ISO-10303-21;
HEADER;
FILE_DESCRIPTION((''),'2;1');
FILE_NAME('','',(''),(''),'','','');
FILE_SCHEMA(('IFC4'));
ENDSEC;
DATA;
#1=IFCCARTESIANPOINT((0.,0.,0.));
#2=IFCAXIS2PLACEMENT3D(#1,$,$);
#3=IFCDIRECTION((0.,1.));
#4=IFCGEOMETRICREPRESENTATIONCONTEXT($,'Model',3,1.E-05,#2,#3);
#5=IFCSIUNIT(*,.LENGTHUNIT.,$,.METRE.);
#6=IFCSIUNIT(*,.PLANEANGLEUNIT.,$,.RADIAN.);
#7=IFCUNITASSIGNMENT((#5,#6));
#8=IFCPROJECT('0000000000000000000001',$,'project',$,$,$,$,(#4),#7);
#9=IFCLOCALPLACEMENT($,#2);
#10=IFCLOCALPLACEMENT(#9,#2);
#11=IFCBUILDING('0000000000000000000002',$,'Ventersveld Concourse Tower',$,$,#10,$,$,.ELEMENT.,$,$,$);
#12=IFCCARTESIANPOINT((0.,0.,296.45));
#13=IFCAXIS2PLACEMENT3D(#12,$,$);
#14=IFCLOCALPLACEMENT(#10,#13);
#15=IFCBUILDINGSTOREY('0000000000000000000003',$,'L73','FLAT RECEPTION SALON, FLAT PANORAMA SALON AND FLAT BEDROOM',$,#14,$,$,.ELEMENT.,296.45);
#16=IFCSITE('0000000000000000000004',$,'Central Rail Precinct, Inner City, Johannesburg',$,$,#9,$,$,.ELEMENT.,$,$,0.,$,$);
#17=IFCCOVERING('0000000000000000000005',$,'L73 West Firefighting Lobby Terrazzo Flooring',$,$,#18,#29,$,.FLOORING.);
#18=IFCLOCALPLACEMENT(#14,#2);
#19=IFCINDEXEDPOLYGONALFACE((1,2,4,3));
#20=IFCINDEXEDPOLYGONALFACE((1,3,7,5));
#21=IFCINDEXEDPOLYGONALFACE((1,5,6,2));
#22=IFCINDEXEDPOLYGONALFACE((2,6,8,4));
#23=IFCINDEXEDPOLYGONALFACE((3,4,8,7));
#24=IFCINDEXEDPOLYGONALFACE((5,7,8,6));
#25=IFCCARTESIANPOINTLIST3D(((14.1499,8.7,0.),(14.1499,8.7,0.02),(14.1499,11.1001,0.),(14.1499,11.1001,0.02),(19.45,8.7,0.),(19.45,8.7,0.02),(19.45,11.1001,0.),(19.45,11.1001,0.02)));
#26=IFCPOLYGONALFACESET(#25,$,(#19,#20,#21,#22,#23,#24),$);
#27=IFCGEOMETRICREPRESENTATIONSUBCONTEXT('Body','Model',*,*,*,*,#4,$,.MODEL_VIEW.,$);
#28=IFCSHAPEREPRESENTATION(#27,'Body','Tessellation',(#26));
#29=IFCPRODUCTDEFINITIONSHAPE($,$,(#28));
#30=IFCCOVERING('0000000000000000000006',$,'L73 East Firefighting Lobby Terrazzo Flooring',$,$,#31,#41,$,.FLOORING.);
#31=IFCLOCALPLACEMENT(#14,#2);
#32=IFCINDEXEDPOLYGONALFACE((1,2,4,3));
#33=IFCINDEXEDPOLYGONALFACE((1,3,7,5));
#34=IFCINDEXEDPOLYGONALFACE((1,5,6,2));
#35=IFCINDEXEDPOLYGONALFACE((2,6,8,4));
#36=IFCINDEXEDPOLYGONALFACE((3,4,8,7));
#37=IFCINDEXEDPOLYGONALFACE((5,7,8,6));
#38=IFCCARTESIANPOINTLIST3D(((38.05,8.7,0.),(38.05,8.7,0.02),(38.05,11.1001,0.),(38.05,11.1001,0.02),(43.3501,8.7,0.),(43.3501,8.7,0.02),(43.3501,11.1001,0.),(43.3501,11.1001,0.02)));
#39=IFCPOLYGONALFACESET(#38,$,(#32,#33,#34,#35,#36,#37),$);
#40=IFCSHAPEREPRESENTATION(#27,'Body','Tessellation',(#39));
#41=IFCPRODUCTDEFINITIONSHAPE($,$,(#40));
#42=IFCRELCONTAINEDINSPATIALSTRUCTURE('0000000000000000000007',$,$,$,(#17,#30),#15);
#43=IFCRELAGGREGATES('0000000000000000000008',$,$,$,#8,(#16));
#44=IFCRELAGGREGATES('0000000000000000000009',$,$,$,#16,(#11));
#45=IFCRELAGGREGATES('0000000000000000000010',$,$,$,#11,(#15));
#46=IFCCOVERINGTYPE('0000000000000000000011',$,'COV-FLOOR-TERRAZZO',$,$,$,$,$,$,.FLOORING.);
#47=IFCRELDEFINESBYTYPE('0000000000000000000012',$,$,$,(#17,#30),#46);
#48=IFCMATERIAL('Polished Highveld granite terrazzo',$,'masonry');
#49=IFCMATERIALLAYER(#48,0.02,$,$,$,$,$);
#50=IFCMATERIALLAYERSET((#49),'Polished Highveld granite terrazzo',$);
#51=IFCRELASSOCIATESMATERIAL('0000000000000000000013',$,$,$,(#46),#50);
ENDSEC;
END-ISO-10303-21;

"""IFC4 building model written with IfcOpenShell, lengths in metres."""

from ifc_helpers import new_model, si_unit, direction, frame, origin, place, context, subcontext, project, spatial, polyline, outline, extrude, material, layer, layer_set, type_object, element, save


model = new_model("IFC4")

# Units and contexts
model_context = context("Model", 3, precision=1e-05, world=origin(), true_north=direction((0.0, 1.0)))
body_context = subcontext(model_context, "Body", "Model", "MODEL_VIEW")
ifc_project = project(units=[si_unit("LENGTHUNIT", "METRE"), si_unit("PLANEANGLEUNIT", "RADIAN")], contexts=[model_context])

# Site, building, storey
site_placement = place(None, origin())
site = spatial("IfcSite", under=ifc_project, at=site_placement, Name="Central Rail Precinct, Inner City, Johannesburg", CompositionType="ELEMENT", RefElevation=0.0)
building_placement = place(site_placement, origin())
building = spatial("IfcBuilding", under=site, at=building_placement, Name="Ventersveld Concourse Tower", CompositionType="ELEMENT")
storey_placement = place(building_placement, frame((0.0, 0.0, 296.45)))
storey = spatial("IfcBuildingStorey", under=building, at=storey_placement, Name="L73", Description="FLAT RECEPTION SALON, FLAT PANORAMA SALON AND FLAT BEDROOM", CompositionType="ELEMENT", Elevation=296.45)

# Coverings
ifc_material_1 = material(Name="Polished Highveld granite terrazzo", Category="masonry")
ifc_layer_1 = layer(ifc_material_1, 0.02)
ifc_layer_set_1 = layer_set([ifc_layer_1], Name="Polished Highveld granite terrazzo")
covering_type_1 = type_object("IfcCoveringType", Name="COV-FLOOR-TERRAZZO", PredefinedType="FLOORING", material=ifc_layer_set_1)
covering_1_placement = place(storey_placement, origin())
element("IfcCovering", 1, at=covering_1_placement, inside=storey, type_object=covering_type_1, Name="L73 West Firefighting Lobby Terrazzo Flooring", PredefinedType="FLOORING", context=body_context, shape_type="SweptSolid", body=[
    extrude(outline(polyline([(14.1499, 8.7), (19.45, 8.7), (19.45, 11.1001), (14.1499, 11.1001), (14.1499, 8.7)])), origin(), (0.0, 0.0, 1.0), 0.02),
])
covering_2_placement = place(storey_placement, origin())
element("IfcCovering", 2, at=covering_2_placement, inside=storey, type_object=covering_type_1, Name="L73 East Firefighting Lobby Terrazzo Flooring", PredefinedType="FLOORING", context=body_context, shape_type="SweptSolid", body=[
    extrude(outline(polyline([(38.05, 8.7), (43.3501, 8.7), (43.3501, 11.1001), (38.05, 11.1001), (38.05, 8.7)])), origin(), (0.0, 0.0, 1.0), 0.02),
])

save(model, "model.ifc")
